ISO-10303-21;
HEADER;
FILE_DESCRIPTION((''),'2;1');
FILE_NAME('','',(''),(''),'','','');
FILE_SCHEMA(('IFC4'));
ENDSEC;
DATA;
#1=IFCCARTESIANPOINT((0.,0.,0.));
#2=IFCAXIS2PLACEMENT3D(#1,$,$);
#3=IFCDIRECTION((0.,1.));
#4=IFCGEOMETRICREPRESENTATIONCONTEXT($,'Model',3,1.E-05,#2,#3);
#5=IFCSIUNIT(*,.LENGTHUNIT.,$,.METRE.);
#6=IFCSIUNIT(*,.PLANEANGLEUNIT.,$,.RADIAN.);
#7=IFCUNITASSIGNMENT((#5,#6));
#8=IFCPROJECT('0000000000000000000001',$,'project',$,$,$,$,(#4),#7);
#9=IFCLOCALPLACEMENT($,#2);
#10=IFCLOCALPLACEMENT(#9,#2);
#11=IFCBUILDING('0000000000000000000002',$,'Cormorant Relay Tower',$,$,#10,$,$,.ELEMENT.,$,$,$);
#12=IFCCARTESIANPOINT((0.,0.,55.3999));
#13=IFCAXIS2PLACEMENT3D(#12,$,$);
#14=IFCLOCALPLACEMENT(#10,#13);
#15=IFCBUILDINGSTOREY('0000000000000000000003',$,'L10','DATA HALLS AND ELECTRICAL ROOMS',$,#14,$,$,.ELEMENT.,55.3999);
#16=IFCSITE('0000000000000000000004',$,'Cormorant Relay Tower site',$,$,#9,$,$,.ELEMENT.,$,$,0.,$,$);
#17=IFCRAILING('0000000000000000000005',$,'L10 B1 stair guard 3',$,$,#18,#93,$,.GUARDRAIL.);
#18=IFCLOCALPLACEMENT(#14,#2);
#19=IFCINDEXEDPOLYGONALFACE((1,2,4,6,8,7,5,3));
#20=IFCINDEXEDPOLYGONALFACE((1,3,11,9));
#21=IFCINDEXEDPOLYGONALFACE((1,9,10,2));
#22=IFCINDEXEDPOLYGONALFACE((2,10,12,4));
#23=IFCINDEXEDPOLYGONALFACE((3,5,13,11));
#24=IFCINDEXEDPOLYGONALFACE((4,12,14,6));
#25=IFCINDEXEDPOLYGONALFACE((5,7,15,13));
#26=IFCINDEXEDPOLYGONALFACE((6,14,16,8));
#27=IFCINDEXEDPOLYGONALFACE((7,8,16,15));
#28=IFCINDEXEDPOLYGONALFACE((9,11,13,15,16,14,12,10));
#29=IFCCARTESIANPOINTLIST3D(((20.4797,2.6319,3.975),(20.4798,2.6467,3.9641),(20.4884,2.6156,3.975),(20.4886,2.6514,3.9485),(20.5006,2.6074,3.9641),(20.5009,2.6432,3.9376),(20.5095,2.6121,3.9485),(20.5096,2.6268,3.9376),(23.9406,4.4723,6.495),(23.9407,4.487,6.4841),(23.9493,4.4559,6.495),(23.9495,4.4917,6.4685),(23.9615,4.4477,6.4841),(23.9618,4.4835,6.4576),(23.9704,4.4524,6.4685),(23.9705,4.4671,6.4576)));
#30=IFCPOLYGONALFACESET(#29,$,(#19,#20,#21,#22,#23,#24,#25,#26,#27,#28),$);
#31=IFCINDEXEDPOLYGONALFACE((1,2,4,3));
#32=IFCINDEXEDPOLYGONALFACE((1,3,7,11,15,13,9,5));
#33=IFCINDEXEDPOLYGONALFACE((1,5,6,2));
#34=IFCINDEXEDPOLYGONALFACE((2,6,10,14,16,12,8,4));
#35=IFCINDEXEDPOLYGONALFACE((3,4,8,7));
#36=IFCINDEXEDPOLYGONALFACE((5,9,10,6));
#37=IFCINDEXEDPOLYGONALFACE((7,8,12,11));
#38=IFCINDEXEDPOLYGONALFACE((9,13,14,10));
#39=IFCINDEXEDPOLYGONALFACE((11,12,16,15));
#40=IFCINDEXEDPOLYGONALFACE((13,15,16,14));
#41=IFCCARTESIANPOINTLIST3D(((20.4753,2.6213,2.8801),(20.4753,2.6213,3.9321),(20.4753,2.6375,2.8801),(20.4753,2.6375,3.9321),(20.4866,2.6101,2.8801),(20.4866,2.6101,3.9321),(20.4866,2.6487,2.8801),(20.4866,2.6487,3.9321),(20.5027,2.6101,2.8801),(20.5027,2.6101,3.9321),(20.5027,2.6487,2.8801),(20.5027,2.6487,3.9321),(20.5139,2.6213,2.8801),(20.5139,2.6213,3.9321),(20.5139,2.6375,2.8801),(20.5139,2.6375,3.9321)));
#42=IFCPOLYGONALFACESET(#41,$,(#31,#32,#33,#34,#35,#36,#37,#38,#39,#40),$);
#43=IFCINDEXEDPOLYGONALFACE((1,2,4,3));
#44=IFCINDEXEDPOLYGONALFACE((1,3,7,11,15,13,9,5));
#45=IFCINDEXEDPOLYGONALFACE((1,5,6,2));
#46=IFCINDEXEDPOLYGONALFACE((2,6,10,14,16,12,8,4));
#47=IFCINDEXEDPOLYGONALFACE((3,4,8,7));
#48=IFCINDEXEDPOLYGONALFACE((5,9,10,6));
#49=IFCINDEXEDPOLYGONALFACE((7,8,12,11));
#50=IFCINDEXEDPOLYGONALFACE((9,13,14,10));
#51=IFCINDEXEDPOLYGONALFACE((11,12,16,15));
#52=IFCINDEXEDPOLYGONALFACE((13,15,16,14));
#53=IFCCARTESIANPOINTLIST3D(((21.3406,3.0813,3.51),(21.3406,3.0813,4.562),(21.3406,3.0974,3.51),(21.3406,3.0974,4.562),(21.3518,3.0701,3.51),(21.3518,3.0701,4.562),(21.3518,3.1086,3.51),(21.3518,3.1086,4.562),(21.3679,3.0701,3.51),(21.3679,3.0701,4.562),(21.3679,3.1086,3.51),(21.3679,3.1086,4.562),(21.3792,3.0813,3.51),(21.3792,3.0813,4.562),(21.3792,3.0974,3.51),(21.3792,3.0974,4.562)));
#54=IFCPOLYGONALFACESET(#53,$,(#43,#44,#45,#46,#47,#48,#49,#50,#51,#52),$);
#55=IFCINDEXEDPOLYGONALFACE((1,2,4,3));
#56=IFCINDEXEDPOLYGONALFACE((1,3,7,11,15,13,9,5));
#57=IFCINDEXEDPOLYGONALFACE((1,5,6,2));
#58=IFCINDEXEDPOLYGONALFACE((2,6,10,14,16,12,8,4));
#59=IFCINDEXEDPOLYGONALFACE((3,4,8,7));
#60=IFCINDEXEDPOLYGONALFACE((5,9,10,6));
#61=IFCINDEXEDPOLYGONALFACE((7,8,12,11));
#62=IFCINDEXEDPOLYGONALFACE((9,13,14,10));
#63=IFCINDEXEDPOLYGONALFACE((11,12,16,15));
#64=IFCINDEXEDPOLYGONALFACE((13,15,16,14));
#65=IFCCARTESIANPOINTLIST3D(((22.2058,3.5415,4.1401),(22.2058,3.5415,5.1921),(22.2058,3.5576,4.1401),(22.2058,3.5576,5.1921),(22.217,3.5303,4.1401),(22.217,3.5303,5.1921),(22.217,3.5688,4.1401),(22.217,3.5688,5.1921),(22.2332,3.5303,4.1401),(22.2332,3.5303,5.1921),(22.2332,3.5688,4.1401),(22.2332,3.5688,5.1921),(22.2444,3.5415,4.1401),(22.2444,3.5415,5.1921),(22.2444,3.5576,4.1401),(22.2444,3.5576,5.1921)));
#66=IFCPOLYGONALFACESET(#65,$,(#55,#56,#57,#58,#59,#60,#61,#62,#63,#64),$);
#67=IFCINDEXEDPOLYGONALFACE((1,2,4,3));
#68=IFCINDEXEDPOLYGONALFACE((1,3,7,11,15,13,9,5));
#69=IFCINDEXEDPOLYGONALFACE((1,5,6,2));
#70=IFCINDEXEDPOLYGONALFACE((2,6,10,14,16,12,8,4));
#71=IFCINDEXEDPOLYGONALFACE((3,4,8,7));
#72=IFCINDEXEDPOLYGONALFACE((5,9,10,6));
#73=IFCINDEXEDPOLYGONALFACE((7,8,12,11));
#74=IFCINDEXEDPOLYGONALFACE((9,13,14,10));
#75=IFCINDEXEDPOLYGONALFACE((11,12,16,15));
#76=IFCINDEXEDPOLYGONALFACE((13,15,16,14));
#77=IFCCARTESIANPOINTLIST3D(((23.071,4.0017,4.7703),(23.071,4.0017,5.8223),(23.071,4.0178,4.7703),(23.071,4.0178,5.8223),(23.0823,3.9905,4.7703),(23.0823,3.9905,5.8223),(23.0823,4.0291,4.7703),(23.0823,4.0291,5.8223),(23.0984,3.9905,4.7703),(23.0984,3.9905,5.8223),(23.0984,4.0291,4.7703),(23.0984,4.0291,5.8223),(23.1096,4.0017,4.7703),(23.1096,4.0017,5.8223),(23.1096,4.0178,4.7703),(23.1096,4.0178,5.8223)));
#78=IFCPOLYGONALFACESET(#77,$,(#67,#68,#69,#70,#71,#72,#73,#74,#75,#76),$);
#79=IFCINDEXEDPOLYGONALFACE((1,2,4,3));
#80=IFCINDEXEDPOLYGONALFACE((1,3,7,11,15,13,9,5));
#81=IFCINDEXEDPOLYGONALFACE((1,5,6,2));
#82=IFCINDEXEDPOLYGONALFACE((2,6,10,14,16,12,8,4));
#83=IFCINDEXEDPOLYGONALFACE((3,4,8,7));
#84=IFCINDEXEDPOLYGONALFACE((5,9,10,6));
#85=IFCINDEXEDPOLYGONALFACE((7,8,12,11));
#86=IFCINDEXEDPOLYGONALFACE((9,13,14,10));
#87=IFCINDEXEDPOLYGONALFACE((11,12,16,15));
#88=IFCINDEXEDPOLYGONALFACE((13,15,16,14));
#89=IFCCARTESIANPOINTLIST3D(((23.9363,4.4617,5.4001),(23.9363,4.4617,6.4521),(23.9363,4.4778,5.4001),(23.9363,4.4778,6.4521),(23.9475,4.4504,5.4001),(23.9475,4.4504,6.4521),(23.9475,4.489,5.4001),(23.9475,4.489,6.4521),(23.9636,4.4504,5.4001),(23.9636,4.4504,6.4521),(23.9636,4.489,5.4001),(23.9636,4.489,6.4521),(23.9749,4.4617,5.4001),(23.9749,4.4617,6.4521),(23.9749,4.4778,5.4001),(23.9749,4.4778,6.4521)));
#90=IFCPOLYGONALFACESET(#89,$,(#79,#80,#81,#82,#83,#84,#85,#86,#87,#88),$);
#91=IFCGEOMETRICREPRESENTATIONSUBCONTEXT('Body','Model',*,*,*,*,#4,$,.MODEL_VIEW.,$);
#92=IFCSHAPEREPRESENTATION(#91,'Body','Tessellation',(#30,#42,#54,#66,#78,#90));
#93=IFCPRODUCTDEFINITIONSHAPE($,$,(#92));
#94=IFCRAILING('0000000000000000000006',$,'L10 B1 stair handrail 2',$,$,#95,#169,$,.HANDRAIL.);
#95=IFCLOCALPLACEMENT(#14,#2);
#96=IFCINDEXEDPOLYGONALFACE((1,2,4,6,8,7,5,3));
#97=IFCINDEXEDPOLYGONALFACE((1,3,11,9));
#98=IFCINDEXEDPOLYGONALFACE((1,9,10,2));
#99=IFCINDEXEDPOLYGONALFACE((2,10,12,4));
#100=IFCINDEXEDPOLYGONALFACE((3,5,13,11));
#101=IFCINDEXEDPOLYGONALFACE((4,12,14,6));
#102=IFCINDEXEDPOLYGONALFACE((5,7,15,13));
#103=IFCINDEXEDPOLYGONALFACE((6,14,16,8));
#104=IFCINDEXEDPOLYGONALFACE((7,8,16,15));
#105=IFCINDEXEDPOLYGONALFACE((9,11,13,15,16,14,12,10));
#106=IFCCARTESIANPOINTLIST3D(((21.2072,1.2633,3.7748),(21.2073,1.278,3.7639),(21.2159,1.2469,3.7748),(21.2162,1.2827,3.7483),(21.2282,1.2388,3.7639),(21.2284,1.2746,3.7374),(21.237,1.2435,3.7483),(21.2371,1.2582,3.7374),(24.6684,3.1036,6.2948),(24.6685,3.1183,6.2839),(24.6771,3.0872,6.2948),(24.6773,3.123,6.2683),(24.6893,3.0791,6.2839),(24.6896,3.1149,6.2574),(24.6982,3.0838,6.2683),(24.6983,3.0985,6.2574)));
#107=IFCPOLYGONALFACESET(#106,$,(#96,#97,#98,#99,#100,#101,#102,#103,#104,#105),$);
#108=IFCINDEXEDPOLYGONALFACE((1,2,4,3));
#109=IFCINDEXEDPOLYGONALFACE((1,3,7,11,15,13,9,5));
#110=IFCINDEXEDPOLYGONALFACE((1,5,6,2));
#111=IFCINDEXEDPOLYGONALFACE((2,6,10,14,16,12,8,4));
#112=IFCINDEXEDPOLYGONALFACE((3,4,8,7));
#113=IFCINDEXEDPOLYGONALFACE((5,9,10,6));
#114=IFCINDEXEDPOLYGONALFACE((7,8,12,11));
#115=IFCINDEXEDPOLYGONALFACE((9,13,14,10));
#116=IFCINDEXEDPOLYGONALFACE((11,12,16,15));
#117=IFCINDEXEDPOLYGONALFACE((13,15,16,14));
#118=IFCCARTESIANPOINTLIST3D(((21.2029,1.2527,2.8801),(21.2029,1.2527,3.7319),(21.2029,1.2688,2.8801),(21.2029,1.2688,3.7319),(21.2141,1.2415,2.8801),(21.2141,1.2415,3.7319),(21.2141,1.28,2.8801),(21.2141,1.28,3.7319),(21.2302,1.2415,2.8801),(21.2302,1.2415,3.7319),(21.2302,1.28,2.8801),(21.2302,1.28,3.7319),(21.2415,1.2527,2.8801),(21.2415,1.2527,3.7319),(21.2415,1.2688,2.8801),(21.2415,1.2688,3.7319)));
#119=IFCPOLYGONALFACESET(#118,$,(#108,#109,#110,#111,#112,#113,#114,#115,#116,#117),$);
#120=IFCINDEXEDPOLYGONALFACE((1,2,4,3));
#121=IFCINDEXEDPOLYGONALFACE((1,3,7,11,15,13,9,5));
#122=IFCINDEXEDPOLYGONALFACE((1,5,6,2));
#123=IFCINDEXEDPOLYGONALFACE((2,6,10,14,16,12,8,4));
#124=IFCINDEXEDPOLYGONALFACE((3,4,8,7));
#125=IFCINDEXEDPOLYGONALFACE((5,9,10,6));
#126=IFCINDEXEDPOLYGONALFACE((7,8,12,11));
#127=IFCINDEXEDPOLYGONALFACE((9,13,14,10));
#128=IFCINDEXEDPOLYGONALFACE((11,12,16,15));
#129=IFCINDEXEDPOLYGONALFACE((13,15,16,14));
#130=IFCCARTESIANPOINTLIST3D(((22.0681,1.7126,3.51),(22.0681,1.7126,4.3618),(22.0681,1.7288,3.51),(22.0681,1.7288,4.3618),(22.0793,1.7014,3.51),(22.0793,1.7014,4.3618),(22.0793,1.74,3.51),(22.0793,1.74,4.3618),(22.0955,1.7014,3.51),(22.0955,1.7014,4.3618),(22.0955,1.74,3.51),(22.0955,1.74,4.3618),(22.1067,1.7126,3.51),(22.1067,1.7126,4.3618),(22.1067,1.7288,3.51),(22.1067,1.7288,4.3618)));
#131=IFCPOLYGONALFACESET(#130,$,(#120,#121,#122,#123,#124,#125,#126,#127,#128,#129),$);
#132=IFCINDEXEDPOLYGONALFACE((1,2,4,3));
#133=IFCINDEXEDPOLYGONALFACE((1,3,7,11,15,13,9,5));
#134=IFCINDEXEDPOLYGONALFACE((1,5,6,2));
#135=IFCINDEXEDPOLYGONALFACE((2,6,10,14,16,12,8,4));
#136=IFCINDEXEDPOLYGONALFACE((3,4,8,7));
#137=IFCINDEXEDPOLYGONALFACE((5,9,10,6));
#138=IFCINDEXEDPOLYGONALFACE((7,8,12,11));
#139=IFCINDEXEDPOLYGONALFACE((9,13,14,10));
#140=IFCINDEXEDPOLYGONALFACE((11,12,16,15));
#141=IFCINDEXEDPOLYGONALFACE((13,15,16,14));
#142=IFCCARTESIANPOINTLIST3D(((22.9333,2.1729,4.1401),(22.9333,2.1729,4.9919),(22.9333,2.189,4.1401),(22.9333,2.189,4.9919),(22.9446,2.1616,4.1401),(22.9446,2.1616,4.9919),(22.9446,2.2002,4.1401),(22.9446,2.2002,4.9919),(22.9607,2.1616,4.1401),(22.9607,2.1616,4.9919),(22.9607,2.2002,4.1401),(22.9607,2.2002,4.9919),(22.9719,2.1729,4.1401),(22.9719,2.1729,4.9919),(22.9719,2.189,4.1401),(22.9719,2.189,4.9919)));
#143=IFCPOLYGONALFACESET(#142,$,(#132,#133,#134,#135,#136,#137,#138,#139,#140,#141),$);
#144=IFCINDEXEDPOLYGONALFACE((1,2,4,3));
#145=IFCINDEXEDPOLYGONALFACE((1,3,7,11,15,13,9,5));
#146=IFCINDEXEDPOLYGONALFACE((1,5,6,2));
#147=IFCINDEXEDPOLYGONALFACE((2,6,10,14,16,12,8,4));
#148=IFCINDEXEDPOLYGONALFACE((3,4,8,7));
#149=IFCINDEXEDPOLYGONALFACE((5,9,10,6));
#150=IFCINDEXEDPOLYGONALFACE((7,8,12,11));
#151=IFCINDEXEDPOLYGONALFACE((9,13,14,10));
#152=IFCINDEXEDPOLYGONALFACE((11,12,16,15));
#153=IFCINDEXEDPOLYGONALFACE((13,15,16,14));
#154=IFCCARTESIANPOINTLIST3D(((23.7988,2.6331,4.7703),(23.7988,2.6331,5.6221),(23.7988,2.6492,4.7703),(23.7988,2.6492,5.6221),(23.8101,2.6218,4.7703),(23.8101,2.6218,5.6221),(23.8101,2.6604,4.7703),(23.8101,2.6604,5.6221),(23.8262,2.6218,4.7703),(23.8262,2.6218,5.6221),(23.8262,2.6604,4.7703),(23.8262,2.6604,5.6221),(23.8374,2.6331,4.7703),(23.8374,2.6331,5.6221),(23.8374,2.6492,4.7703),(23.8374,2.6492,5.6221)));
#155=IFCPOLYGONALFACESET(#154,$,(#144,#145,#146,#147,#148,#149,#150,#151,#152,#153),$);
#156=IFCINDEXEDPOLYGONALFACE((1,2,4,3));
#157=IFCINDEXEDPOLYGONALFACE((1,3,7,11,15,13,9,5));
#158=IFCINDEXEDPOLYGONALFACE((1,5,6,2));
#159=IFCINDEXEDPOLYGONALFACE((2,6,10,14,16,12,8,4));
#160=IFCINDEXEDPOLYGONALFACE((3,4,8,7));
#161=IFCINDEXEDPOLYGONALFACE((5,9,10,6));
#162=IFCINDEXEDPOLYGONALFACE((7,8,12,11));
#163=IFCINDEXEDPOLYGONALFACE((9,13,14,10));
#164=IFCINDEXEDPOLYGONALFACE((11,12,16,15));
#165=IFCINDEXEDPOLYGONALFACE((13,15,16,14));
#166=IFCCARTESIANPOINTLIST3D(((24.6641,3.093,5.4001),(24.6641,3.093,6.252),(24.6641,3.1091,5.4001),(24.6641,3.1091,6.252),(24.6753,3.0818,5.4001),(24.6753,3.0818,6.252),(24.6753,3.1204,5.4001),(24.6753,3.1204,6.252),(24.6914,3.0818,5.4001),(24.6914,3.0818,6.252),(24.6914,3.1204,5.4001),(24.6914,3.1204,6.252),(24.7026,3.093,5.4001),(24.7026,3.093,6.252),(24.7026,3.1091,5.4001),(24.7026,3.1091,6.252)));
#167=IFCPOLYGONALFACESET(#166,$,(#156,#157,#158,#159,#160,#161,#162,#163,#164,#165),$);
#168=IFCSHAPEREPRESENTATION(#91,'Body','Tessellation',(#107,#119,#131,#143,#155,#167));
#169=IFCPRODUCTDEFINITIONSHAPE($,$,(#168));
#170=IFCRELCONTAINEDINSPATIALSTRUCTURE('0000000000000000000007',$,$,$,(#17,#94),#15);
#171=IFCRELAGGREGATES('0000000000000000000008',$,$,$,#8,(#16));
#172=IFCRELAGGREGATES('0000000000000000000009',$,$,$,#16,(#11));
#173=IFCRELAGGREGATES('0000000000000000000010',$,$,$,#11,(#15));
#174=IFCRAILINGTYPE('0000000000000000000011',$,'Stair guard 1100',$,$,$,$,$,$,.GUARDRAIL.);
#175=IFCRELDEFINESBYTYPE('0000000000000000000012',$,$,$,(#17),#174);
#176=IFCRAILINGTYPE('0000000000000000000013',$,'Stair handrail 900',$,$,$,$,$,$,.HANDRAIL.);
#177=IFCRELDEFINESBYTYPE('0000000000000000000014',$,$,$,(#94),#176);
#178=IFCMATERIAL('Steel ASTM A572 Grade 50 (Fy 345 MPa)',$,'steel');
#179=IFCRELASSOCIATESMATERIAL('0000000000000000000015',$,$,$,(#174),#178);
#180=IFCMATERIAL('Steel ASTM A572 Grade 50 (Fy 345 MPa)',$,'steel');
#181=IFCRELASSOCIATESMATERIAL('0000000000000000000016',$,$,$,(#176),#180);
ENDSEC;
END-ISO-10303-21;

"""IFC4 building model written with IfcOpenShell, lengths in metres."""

from ifc_helpers import new_model, si_unit, direction, frame, origin, place, context, subcontext, project, spatial, polyline, outline, extrude, material, type_object, element, save


model = new_model("IFC4")

# Units and contexts
model_context = context("Model", 3, precision=1e-05, world=origin(), true_north=direction((0.0, 1.0)))
body_context = subcontext(model_context, "Body", "Model", "MODEL_VIEW")
ifc_project = project(units=[si_unit("LENGTHUNIT", "METRE"), si_unit("PLANEANGLEUNIT", "RADIAN")], contexts=[model_context])

# Site, building, storey
site_placement = place(None, origin())
site = spatial("IfcSite", under=ifc_project, at=site_placement, Name="Cormorant Relay Tower site", CompositionType="ELEMENT", RefElevation=0.0)
building_placement = place(site_placement, origin())
building = spatial("IfcBuilding", under=site, at=building_placement, Name="Cormorant Relay Tower", CompositionType="ELEMENT")
storey_placement = place(building_placement, frame((0.0, 0.0, 55.3999)))
storey = spatial("IfcBuildingStorey", under=building, at=storey_placement, Name="L10", Description="DATA HALLS AND ELECTRICAL ROOMS", CompositionType="ELEMENT", Elevation=55.3999)

# Railings
ifc_material_1 = material(Name="Steel ASTM A572 Grade 50 (Fy 345 MPa)", Category="steel")
railing_type_1 = type_object("IfcRailingType", Name="Stair guard 1100", PredefinedType="GUARDRAIL", material=ifc_material_1)
railing_1_placement = place(storey_placement, frame((20.4946, 2.6294, 2.8801)))
element("IfcRailing", 1, at=railing_1_placement, inside=storey, type_object=railing_type_1, Name="L10 B1 stair guard 3", PredefinedType="GUARDRAIL", context=body_context, shape_type="SweptSolid", body=[
    extrude(outline(polyline([(0.0222, 0.0093), (0.0093, 0.0222), (-0.0093, 0.0222), (-0.0222, 0.0093), (-0.0222, -0.0093), (-0.0093, -0.0222), (0.0093, -0.0222), (0.0222, -0.0093), (0.0222, 0.0093)])), frame((0.0, 0.0, 1.0762), z_axis=(0.742694, 0.394923, 0.540779), x_axis=(-0.469495, 0.882935, 0.0)), (0.0, 0.0, 1.0), 4.6599),
    extrude(outline(polyline([(0.0193, 0.0081), (0.0081, 0.0193), (-0.0081, 0.0193), (-0.0193, 0.0081), (-0.0193, -0.0081), (-0.0081, -0.0193), (0.0081, -0.0193), (0.0193, -0.0081), (0.0193, 0.0081)])), origin(), (0.0, 0.0, 1.0), 1.052),
    extrude(outline(polyline([(0.0193, 0.0081), (0.0081, 0.0193), (-0.0081, 0.0193), (-0.0193, 0.0081), (-0.0193, -0.0081), (-0.0081, -0.0193), (0.0081, -0.0193), (0.0193, -0.0081), (0.0193, 0.0081)])), frame((0.8652, 0.46, 0.6299)), (0.0, 0.0, 1.0), 1.052),
    extrude(outline(polyline([(0.0193, 0.0081), (0.0081, 0.0193), (-0.0081, 0.0193), (-0.0193, 0.0081), (-0.0193, -0.0081), (-0.0081, -0.0193), (0.0081, -0.0193), (0.0193, -0.0081), (0.0193, 0.0081)])), frame((1.7305, 0.9202, 1.26)), (0.0, 0.0, 1.0), 1.052),
    extrude(outline(polyline([(0.0193, 0.0081), (0.0081, 0.0193), (-0.0081, 0.0193), (-0.0193, 0.0081), (-0.0193, -0.0081), (-0.0081, -0.0193), (0.0081, -0.0193), (0.0193, -0.0081), (0.0193, 0.0081)])), frame((2.5957, 1.3804, 1.8901)), (0.0, 0.0, 1.0), 1.052),
    extrude(outline(polyline([(0.0193, 0.0081), (0.0081, 0.0193), (-0.0081, 0.0193), (-0.0193, 0.0081), (-0.0193, -0.0081), (-0.0081, -0.0193), (0.0081, -0.0193), (0.0193, -0.0081), (0.0193, 0.0081)])), frame((3.4609, 1.8403, 2.52)), (0.0, 0.0, 1.0), 1.052),
])
ifc_material_2 = material(Name="Steel ASTM A572 Grade 50 (Fy 345 MPa)", Category="steel")
railing_type_2 = type_object("IfcRailingType", Name="Stair handrail 900", PredefinedType="HANDRAIL", material=ifc_material_2)
railing_2_placement = place(storey_placement, frame((21.2222, 1.2607, 2.8801)))
element("IfcRailing", 2, at=railing_2_placement, inside=storey, type_object=railing_type_2, Name="L10 B1 stair handrail 2", PredefinedType="HANDRAIL", context=body_context, shape_type="SweptSolid", body=[
    extrude(outline(polyline([(0.0222, 0.0093), (0.0093, 0.0222), (-0.0093, 0.0222), (-0.0222, 0.0093), (-0.0222, -0.0093), (-0.0093, -0.0222), (0.0093, -0.0222), (0.0222, -0.0093), (0.0222, 0.0093)])), frame((0.0, 0.0, 0.876), z_axis=(0.742717, 0.394907, 0.540758), x_axis=(-0.469469, 0.882949, 0.0)), (0.0, 0.0, 1.0), 4.6602),
    extrude(outline(polyline([(0.0193, 0.0081), (0.0081, 0.0193), (-0.0081, 0.0193), (-0.0193, 0.0081), (-0.0193, -0.0081), (-0.0081, -0.0193), (0.0081, -0.0193), (0.0193, -0.0081), (0.0193, 0.0081)])), origin(), (0.0, 0.0, 1.0), 0.8518),
    extrude(outline(polyline([(0.0193, 0.0081), (0.0081, 0.0193), (-0.0081, 0.0193), (-0.0193, 0.0081), (-0.0193, -0.0081), (-0.0081, -0.0193), (0.0081, -0.0193), (0.0193, -0.0081), (0.0193, 0.0081)])), frame((0.8652, 0.46, 0.6299)), (0.0, 0.0, 1.0), 0.8518),
    extrude(outline(polyline([(0.0193, 0.0081), (0.0081, 0.0193), (-0.0081, 0.0193), (-0.0193, 0.0081), (-0.0193, -0.0081), (-0.0081, -0.0193), (0.0081, -0.0193), (0.0193, -0.0081), (0.0193, 0.0081)])), frame((1.7305, 0.9202, 1.26)), (0.0, 0.0, 1.0), 0.8518),
    extrude(outline(polyline([(0.0193, 0.0081), (0.0081, 0.0193), (-0.0081, 0.0193), (-0.0193, 0.0081), (-0.0193, -0.0081), (-0.0081, -0.0193), (0.0081, -0.0193), (0.0193, -0.0081), (0.0193, 0.0081)])), frame((2.5959, 1.3804, 1.8901)), (0.0, 0.0, 1.0), 0.8518),
    extrude(outline(polyline([(0.0193, 0.0081), (0.0081, 0.0193), (-0.0081, 0.0193), (-0.0193, 0.0081), (-0.0193, -0.0081), (-0.0081, -0.0193), (0.0081, -0.0193), (0.0193, -0.0081), (0.0193, 0.0081)])), frame((3.4612, 1.8403, 2.52)), (0.0, 0.0, 1.0), 0.8518),
])

save(model, "model.ifc")
